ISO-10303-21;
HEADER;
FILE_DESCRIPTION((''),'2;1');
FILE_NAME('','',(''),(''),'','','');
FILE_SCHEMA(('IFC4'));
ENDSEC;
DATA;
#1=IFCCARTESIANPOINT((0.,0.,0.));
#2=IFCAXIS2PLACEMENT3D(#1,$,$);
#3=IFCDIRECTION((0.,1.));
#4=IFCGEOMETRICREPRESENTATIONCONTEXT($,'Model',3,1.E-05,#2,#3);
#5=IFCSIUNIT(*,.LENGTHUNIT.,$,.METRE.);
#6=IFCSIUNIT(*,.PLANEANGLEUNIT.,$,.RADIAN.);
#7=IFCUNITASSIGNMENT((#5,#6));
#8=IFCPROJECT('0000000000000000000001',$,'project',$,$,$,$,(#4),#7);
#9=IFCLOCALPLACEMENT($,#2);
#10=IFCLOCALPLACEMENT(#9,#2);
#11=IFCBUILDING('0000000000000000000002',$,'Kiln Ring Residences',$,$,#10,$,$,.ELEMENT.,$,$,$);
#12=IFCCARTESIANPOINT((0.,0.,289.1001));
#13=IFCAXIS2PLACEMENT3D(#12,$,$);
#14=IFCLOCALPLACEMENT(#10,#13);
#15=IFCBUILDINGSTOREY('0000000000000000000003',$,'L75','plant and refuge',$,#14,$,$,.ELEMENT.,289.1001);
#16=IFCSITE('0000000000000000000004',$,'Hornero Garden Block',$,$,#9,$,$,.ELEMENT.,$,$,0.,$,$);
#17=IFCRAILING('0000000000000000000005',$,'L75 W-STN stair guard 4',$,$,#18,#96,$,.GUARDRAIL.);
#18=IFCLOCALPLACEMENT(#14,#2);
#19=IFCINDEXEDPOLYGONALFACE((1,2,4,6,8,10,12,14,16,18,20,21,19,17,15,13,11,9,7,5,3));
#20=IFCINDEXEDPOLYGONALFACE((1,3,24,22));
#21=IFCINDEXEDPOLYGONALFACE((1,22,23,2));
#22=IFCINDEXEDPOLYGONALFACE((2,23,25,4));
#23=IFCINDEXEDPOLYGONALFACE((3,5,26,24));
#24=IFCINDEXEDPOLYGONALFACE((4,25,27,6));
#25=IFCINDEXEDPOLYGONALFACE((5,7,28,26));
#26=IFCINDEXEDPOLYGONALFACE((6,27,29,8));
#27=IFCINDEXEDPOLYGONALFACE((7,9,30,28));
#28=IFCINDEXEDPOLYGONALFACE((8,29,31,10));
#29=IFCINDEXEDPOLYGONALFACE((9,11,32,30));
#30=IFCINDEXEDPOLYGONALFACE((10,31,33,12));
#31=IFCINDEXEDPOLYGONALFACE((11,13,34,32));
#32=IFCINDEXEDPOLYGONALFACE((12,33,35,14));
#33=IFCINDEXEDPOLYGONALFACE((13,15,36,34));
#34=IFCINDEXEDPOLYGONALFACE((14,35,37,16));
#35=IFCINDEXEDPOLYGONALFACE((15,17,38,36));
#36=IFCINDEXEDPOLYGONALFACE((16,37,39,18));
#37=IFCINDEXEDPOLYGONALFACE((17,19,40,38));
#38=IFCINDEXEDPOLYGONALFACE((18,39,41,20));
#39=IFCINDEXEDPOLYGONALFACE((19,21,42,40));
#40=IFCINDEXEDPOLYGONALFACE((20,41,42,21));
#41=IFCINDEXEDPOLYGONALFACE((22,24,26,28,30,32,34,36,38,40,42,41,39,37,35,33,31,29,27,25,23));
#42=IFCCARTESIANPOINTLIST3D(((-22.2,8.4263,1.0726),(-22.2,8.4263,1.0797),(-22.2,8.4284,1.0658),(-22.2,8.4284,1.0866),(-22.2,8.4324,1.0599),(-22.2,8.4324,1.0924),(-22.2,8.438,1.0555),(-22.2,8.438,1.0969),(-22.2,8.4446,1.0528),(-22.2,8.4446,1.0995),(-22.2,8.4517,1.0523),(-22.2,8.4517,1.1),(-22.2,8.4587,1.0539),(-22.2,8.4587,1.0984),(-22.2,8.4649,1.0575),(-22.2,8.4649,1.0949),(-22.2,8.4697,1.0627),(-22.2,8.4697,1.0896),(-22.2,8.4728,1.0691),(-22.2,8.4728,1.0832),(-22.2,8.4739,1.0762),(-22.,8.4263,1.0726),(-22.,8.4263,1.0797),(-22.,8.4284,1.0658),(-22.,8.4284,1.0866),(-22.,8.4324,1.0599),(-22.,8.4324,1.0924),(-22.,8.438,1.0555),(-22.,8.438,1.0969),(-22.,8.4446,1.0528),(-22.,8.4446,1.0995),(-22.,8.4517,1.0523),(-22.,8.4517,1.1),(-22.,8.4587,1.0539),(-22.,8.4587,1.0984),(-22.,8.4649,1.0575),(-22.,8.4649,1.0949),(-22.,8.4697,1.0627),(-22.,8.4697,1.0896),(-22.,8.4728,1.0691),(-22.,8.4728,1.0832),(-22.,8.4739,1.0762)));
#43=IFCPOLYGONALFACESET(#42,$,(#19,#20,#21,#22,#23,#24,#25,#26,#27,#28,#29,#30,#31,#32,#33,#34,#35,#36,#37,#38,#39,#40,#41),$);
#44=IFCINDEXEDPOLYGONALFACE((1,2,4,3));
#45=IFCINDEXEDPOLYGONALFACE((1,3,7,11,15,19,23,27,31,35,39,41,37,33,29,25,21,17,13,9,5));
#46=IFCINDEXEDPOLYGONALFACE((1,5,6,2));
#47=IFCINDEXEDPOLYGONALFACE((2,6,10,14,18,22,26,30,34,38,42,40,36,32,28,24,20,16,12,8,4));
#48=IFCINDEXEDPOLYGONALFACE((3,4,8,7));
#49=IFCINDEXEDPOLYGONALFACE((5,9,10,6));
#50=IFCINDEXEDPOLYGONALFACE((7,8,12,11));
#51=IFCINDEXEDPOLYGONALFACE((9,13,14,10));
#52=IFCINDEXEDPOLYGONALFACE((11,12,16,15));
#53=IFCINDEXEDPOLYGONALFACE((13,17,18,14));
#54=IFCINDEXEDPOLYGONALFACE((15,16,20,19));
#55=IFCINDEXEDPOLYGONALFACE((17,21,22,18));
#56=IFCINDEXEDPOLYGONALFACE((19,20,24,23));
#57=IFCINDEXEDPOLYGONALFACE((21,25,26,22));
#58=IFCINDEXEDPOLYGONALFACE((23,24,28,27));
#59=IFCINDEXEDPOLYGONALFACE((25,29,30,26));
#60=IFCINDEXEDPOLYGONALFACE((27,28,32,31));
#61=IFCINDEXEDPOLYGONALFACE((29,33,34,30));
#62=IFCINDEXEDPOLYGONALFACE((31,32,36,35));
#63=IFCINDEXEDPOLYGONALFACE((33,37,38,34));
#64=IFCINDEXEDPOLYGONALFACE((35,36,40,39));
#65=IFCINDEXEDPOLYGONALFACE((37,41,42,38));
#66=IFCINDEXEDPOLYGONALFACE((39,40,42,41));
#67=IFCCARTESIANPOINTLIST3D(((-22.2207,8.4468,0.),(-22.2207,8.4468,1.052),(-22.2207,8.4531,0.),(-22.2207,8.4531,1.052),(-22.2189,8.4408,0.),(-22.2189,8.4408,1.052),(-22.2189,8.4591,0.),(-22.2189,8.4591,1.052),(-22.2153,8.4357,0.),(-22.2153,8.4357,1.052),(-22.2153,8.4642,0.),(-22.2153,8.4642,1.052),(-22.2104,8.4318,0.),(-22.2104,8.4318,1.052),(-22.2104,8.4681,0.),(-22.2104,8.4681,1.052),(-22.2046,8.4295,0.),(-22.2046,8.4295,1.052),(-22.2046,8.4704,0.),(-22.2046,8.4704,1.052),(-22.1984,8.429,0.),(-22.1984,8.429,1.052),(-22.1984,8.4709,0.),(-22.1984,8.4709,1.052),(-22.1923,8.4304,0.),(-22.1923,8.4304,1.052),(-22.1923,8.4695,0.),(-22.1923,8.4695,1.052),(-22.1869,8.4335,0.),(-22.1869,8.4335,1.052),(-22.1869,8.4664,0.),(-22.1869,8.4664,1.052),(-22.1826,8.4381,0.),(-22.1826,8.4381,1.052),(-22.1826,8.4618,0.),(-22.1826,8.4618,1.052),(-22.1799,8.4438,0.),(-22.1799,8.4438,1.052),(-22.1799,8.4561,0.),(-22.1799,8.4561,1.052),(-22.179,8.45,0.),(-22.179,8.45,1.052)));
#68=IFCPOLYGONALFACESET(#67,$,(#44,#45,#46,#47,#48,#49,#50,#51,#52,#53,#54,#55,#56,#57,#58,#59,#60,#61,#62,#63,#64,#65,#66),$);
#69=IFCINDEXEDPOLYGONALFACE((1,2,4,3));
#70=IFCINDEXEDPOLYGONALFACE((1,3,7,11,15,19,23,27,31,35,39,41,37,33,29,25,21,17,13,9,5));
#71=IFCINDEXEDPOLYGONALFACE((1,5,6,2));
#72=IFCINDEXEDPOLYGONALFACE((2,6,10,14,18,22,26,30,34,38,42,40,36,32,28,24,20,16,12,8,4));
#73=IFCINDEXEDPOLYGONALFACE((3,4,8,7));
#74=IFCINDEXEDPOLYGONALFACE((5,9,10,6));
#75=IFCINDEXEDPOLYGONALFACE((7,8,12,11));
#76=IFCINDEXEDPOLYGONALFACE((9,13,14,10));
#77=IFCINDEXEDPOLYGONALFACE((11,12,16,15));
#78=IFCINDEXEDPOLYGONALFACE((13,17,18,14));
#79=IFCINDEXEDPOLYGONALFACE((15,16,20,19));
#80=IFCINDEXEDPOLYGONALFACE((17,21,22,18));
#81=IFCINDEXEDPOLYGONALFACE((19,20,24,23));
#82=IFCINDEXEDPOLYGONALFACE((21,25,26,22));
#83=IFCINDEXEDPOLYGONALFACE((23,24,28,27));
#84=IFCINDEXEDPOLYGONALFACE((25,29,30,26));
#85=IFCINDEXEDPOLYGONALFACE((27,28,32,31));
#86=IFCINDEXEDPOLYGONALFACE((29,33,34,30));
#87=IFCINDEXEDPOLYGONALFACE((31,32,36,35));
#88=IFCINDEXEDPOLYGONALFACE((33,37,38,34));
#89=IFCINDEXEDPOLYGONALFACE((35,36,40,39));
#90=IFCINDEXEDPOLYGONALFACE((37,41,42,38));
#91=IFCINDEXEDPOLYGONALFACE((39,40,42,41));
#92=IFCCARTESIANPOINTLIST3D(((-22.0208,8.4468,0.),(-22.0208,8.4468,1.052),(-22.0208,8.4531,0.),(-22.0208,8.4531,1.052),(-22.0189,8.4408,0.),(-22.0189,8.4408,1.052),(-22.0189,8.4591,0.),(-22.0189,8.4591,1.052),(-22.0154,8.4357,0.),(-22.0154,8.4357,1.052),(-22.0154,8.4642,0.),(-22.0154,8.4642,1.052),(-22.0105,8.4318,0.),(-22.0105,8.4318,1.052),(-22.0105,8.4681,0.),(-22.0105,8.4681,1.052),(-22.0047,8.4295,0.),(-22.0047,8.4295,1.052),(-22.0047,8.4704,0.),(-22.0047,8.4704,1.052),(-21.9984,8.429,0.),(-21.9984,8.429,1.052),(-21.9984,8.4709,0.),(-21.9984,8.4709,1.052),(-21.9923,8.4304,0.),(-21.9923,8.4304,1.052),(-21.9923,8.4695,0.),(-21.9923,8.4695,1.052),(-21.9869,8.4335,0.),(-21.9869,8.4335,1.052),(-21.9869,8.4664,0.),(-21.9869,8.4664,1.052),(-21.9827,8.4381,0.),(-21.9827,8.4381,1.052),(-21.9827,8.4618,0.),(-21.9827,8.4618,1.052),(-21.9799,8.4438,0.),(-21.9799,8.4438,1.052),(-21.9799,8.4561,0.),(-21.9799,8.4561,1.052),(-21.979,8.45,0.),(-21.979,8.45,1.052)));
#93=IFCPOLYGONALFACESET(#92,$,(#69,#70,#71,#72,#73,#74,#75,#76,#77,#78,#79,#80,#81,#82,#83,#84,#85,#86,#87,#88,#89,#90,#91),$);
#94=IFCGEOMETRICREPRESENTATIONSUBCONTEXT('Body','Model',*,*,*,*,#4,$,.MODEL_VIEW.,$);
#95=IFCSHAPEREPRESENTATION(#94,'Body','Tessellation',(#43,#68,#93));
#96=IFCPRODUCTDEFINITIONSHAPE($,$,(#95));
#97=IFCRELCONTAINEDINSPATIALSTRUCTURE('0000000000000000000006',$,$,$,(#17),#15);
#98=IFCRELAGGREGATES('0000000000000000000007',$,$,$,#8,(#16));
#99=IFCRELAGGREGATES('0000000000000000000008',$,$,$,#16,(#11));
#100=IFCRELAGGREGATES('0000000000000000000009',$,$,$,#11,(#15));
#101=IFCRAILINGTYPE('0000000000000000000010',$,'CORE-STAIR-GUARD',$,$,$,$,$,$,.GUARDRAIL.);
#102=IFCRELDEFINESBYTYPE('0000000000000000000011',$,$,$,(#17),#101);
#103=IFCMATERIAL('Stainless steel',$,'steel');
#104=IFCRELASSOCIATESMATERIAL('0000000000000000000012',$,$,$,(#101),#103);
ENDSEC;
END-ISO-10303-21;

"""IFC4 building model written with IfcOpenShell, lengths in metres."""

from ifc_helpers import new_model, si_unit, direction, frame, origin, origin_2d, place, context, subcontext, project, spatial, circle, extrude, material, type_object, element, save


model = new_model("IFC4")

# Units and contexts
model_context = context("Model", 3, precision=1e-05, world=origin(), true_north=direction((0.0, 1.0)))
body_context = subcontext(model_context, "Body", "Model", "MODEL_VIEW")
ifc_project = project(units=[si_unit("LENGTHUNIT", "METRE"), si_unit("PLANEANGLEUNIT", "RADIAN")], contexts=[model_context])

# Site, building, storey
site_placement = place(None, origin())
site = spatial("IfcSite", under=ifc_project, at=site_placement, Name="Hornero Garden Block", CompositionType="ELEMENT", RefElevation=0.0)
building_placement = place(site_placement, origin())
building = spatial("IfcBuilding", under=site, at=building_placement, Name="Kiln Ring Residences", CompositionType="ELEMENT")
storey_placement = place(building_placement, frame((0.0, 0.0, 289.1001)))
storey = spatial("IfcBuildingStorey", under=building, at=storey_placement, Name="L75", Description="plant and refuge", CompositionType="ELEMENT", Elevation=289.1001)

# Railing
ifc_material_1 = material(Name="Stainless steel", Category="steel")
railing_type_1 = type_object("IfcRailingType", Name="CORE-STAIR-GUARD", PredefinedType="GUARDRAIL", material=ifc_material_1)
railing_1_placement = place(storey_placement, frame((-22.2, 8.45, 0.0)))
element("IfcRailing", 1, at=railing_1_placement, inside=storey, type_object=railing_type_1, Name="L75 W-STN stair guard 4", PredefinedType="GUARDRAIL", context=body_context, shape_type="SweptSolid", body=[
    extrude(circle(Radius=0.0239, at=origin_2d()), frame((0.0, 0.0, 1.0762), z_axis=(1.0, 0.0, 0.0), x_axis=(0.0, 1.0, 0.0)), (0.0, 0.0, 1.0), 0.2),
    extrude(circle(Radius=0.021, at=origin_2d()), origin(), (0.0, 0.0, 1.0), 1.052),
    extrude(circle(Radius=0.021, at=origin_2d()), frame((0.2, 0.0, 0.0)), (0.0, 0.0, 1.0), 1.052),
])

save(model, "model.ifc")
